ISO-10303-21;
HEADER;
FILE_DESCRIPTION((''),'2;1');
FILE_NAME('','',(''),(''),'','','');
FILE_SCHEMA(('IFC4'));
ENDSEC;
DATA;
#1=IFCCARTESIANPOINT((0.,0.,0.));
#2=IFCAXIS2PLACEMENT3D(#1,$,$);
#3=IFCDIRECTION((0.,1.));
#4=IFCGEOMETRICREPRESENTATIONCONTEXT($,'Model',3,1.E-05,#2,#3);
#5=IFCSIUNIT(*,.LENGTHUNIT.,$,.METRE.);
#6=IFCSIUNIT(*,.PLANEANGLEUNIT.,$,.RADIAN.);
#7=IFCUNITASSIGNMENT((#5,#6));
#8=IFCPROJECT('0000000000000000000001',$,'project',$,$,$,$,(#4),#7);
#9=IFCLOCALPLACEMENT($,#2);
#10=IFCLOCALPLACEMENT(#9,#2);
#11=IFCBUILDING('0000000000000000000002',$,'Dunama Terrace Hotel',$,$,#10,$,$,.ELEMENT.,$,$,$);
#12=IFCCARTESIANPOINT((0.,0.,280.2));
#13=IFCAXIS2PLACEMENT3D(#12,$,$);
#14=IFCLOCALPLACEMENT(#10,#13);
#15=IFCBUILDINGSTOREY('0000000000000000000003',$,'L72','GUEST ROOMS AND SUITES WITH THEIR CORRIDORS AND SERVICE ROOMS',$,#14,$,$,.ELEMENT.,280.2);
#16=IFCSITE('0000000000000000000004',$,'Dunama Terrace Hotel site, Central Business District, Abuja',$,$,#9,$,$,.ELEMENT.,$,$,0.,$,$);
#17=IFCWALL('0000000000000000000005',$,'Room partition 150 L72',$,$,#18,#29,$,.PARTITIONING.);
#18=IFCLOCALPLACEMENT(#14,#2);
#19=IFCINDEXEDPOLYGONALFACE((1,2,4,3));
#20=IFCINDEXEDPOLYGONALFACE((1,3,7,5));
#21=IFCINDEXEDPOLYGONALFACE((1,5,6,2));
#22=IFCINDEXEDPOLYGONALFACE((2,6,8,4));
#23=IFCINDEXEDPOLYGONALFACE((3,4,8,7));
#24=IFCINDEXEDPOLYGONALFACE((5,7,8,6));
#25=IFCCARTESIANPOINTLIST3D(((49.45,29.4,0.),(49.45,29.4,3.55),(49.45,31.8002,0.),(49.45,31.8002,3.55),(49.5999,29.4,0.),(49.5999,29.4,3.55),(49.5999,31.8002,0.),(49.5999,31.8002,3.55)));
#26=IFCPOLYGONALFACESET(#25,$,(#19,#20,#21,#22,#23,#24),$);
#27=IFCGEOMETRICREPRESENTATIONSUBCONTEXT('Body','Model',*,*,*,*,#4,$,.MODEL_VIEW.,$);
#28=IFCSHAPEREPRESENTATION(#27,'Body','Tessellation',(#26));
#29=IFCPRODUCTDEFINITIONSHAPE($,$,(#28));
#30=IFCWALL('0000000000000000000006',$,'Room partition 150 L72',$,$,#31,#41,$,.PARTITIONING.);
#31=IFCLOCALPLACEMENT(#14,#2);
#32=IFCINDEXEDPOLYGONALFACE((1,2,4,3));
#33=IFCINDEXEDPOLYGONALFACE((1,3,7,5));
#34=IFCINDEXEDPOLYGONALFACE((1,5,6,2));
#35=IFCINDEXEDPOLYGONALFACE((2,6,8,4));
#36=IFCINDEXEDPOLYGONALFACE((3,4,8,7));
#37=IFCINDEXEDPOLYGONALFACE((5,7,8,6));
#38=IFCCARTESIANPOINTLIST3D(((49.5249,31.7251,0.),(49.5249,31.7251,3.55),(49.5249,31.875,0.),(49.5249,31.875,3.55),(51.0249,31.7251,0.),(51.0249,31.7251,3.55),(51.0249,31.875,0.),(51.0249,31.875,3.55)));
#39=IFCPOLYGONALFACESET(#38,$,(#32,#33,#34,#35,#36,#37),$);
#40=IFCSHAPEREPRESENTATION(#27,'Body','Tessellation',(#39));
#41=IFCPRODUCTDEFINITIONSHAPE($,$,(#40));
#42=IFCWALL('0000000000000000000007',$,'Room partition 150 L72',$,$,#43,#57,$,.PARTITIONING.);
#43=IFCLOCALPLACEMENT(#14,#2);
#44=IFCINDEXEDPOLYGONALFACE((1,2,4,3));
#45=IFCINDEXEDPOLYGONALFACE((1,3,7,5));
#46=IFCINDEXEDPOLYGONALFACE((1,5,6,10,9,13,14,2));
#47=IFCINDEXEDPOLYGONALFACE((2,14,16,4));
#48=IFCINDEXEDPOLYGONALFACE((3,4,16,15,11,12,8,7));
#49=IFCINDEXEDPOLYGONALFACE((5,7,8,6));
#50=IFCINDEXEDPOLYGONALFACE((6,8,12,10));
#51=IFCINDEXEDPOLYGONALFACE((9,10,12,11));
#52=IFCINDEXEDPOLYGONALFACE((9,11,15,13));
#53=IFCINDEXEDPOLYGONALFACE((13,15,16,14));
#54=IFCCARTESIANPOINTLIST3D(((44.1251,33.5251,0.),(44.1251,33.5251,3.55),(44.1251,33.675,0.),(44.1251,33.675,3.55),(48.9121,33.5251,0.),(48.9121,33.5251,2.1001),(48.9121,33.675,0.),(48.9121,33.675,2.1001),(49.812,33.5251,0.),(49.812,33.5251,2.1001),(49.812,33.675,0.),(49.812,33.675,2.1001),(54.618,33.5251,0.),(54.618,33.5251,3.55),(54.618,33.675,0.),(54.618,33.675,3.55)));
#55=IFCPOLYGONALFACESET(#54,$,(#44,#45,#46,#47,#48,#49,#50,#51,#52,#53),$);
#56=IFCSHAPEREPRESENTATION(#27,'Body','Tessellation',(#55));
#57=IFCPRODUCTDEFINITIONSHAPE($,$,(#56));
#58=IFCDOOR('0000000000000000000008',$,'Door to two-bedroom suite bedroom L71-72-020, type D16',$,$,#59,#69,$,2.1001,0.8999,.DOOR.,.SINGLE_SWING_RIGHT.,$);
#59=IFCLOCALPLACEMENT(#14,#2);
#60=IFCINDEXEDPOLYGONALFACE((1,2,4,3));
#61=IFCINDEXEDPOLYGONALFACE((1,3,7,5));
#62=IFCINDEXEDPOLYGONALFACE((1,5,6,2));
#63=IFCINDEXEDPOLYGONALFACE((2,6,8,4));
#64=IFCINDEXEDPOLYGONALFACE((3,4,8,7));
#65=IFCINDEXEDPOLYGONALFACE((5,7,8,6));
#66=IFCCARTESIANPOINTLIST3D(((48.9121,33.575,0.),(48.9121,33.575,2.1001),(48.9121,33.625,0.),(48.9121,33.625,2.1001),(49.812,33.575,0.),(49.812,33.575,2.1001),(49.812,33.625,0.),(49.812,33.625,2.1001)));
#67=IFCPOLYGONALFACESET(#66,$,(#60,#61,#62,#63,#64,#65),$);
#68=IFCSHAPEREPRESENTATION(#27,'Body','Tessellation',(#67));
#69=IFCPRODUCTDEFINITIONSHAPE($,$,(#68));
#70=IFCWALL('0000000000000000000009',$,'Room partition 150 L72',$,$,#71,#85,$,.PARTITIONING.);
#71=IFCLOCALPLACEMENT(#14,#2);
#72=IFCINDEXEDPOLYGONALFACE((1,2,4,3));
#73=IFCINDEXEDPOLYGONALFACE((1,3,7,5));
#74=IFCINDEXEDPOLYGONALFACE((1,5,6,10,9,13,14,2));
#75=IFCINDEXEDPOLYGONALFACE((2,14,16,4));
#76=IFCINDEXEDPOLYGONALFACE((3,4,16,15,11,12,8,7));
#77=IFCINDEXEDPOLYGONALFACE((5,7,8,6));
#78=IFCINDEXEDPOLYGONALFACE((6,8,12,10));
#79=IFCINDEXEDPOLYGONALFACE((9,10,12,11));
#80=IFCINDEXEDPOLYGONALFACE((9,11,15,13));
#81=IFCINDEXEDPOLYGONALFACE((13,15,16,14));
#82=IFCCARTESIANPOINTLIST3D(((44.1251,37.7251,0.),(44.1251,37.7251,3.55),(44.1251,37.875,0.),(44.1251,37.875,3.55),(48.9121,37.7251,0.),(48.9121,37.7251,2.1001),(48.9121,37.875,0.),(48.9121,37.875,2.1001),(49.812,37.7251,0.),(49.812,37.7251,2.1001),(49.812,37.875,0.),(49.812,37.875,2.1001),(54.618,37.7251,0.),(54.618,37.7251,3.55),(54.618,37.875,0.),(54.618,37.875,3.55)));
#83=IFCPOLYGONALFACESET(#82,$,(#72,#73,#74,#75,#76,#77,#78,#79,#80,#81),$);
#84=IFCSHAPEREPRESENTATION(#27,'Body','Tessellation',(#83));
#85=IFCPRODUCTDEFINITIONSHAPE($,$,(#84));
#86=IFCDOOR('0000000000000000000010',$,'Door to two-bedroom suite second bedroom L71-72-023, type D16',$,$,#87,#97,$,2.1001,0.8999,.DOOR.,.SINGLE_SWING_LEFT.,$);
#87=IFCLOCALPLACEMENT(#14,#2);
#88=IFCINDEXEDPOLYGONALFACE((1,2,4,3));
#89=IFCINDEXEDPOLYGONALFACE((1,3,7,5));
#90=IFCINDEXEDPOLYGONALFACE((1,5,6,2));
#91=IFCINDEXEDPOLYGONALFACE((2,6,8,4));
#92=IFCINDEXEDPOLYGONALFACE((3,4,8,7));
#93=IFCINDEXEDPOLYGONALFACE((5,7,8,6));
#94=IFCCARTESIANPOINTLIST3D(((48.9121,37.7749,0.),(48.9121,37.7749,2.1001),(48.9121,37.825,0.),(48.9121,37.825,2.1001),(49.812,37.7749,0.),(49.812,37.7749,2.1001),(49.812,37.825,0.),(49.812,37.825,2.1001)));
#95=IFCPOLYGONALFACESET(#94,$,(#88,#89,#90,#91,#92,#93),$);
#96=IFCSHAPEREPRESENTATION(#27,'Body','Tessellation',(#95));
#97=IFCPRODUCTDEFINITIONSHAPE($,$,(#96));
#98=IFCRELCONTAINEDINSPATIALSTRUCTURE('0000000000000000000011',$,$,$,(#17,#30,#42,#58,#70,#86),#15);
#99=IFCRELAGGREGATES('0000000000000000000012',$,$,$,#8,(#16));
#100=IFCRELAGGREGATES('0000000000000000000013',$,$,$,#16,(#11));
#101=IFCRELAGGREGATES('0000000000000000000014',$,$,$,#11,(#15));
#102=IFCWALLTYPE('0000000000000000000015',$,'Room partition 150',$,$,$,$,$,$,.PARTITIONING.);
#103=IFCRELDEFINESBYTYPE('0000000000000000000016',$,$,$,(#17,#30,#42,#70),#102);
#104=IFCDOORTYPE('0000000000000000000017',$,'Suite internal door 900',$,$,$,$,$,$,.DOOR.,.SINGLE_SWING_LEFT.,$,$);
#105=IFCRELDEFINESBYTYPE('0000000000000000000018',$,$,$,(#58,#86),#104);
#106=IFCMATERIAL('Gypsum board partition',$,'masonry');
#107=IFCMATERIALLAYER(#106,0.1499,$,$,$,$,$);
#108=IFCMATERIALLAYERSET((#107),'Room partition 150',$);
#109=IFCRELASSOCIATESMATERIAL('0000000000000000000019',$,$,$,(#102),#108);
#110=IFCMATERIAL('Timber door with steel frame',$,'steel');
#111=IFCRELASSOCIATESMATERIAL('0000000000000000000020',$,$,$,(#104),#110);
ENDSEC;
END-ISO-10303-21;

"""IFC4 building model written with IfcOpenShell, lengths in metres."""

from ifc_helpers import new_model, si_unit, direction, frame, frame_2d, origin, place, context, subcontext, project, spatial, rectangle, extrude, material, layer, layer_set, type_object, element, fill, save


model = new_model("IFC4")

# Units and contexts
model_context = context("Model", 3, precision=1e-05, world=origin(), true_north=direction((0.0, 1.0)))
body_context = subcontext(model_context, "Body", "Model", "MODEL_VIEW")
ifc_project = project(units=[si_unit("LENGTHUNIT", "METRE"), si_unit("PLANEANGLEUNIT", "RADIAN")], contexts=[model_context])

# Site, building, storey
site_placement = place(None, origin())
site = spatial("IfcSite", under=ifc_project, at=site_placement, Name="Dunama Terrace Hotel site, Central Business District, Abuja", CompositionType="ELEMENT", RefElevation=0.0)
building_placement = place(site_placement, origin())
building = spatial("IfcBuilding", under=site, at=building_placement, Name="Dunama Terrace Hotel", CompositionType="ELEMENT")
storey_placement = place(building_placement, frame((0.0, 0.0, 280.2)))
storey = spatial("IfcBuildingStorey", under=building, at=storey_placement, Name="L72", Description="GUEST ROOMS AND SUITES WITH THEIR CORRIDORS AND SERVICE ROOMS", CompositionType="ELEMENT", Elevation=280.2)

# Shared definitions
ifc_material_1 = material(Name="Gypsum board partition", Category="masonry")
ifc_layer_1 = layer(ifc_material_1, 0.1499)
ifc_layer_set_1 = layer_set([ifc_layer_1], Name="Room partition 150")
wall_type_1 = type_object("IfcWallType", Name="Room partition 150", PredefinedType="PARTITIONING", material=ifc_layer_set_1)

# Walls
wall_1_placement = place(storey_placement, frame((49.5249, 29.3999, 0.0), z_axis=(0.0, 0.0, 1.0), x_axis=(0.0, 1.0, 0.0)))
element("IfcWall", 1, at=wall_1_placement, inside=storey, type_object=wall_type_1, Name="Room partition 150 L72", PredefinedType="PARTITIONING", context=body_context, shape_type="SweptSolid", body=[
    extrude(rectangle(XDim=2.4001, YDim=0.1499, at=frame_2d((1.2002, 0.0))), origin(), (0.0, 0.0, 1.0), 3.55),
])
wall_2_placement = place(storey_placement, frame((49.5249, 31.8, 0.0), z_axis=(0.0, 0.0, 1.0), x_axis=(1.0, 0.0, 0.0)))
element("IfcWall", 2, at=wall_2_placement, inside=storey, type_object=wall_type_1, Name="Room partition 150 L72", PredefinedType="PARTITIONING", context=body_context, shape_type="SweptSolid", body=[
    extrude(rectangle(XDim=1.5, YDim=0.1499, at=frame_2d((0.75, 0.0))), origin(), (0.0, 0.0, 1.0), 3.55),
])

# Walls, openings, doors
wall_3_placement = place(storey_placement, frame((44.125, 33.6001, 0.0), z_axis=(0.0, 0.0, 1.0), x_axis=(1.0, 0.0, 0.0)))
wall_3 = element("IfcWall", 3, at=wall_3_placement, inside=storey, type_object=wall_type_1, Name="Room partition 150 L72", PredefinedType="PARTITIONING", context=body_context, shape_type="SweptSolid", body=[
    extrude(rectangle(XDim=10.4929, YDim=0.1499, at=frame_2d((5.2466, 0.0))), origin(), (0.0, 0.0, 1.0), 3.55),
])
opening_1_placement = place(wall_3_placement, frame((4.7871, 0.0, 0.0)))
opening_1 = element("IfcOpeningElement", 4, at=opening_1_placement, cuts=wall_3, PredefinedType="OPENING", context=body_context, shape_type="SweptSolid", body=[
    extrude(rectangle(XDim=0.8999, YDim=2.1001, at=frame_2d((0.45, 1.05))), frame((0.0, 0.085, 0.0), z_axis=(0.0, -1.0, 0.0), x_axis=(1.0, 0.0, 0.0)), (0.0, 0.0, 1.0), 0.1699),
])
ifc_material_2 = material(Name="Timber door with steel frame", Category="steel")
door_type_1 = type_object("IfcDoorType", Name="Suite internal door 900", OperationType="SINGLE_SWING_LEFT", PredefinedType="DOOR", material=ifc_material_2)
door_1_placement = place(opening_1_placement, frame((0.8999, 0.0, 0.0), z_axis=(0.0, 0.0, 1.0), x_axis=(-1.0, 0.0, 0.0)))
door_1 = element("IfcDoor", 5, at=door_1_placement, inside=storey, type_object=door_type_1, Name="Door to two-bedroom suite bedroom L71-72-020, type D16", OperationType="SINGLE_SWING_RIGHT", OverallHeight=2.1001, OverallWidth=0.8999, PredefinedType="DOOR", context=body_context, shape_type="SweptSolid", body=[
    extrude(rectangle(XDim=0.8999, YDim=2.1001, at=frame_2d((0.45, 1.05))), frame((0.0, 0.0251, 0.0), z_axis=(0.0, -1.0, 0.0), x_axis=(1.0, 0.0, 0.0)), (0.0, 0.0, 1.0), 0.05),
])
fill(opening_1, door_1)
wall_4_placement = place(storey_placement, frame((44.125, 37.8, 0.0), z_axis=(0.0, 0.0, 1.0), x_axis=(1.0, 0.0, 0.0)))
wall_4 = element("IfcWall", 6, at=wall_4_placement, inside=storey, type_object=wall_type_1, Name="Room partition 150 L72", PredefinedType="PARTITIONING", context=body_context, shape_type="SweptSolid", body=[
    extrude(rectangle(XDim=10.4929, YDim=0.1499, at=frame_2d((5.2466, 0.0))), origin(), (0.0, 0.0, 1.0), 3.55),
])
opening_2_placement = place(wall_4_placement, frame((4.7871, 0.0, 0.0)))
opening_2 = element("IfcOpeningElement", 7, at=opening_2_placement, cuts=wall_4, PredefinedType="OPENING", context=body_context, shape_type="SweptSolid", body=[
    extrude(rectangle(XDim=0.8999, YDim=2.1001, at=frame_2d((0.45, 1.05))), frame((0.0, 0.085, 0.0), z_axis=(0.0, -1.0, 0.0), x_axis=(1.0, 0.0, 0.0)), (0.0, 0.0, 1.0), 0.1699),
])
door_2_placement = place(opening_2_placement, origin())
door_2 = element("IfcDoor", 8, at=door_2_placement, inside=storey, type_object=door_type_1, Name="Door to two-bedroom suite second bedroom L71-72-023, type D16", OperationType="SINGLE_SWING_LEFT", OverallHeight=2.1001, OverallWidth=0.8999, PredefinedType="DOOR", context=body_context, shape_type="SweptSolid", body=[
    extrude(rectangle(XDim=0.8999, YDim=2.1001, at=frame_2d((0.45, 1.05))), frame((0.0, 0.0249, 0.0), z_axis=(0.0, -1.0, 0.0), x_axis=(1.0, 0.0, 0.0)), (0.0, 0.0, 1.0), 0.05),
])
fill(opening_2, door_2)

save(model, "model.ifc")
